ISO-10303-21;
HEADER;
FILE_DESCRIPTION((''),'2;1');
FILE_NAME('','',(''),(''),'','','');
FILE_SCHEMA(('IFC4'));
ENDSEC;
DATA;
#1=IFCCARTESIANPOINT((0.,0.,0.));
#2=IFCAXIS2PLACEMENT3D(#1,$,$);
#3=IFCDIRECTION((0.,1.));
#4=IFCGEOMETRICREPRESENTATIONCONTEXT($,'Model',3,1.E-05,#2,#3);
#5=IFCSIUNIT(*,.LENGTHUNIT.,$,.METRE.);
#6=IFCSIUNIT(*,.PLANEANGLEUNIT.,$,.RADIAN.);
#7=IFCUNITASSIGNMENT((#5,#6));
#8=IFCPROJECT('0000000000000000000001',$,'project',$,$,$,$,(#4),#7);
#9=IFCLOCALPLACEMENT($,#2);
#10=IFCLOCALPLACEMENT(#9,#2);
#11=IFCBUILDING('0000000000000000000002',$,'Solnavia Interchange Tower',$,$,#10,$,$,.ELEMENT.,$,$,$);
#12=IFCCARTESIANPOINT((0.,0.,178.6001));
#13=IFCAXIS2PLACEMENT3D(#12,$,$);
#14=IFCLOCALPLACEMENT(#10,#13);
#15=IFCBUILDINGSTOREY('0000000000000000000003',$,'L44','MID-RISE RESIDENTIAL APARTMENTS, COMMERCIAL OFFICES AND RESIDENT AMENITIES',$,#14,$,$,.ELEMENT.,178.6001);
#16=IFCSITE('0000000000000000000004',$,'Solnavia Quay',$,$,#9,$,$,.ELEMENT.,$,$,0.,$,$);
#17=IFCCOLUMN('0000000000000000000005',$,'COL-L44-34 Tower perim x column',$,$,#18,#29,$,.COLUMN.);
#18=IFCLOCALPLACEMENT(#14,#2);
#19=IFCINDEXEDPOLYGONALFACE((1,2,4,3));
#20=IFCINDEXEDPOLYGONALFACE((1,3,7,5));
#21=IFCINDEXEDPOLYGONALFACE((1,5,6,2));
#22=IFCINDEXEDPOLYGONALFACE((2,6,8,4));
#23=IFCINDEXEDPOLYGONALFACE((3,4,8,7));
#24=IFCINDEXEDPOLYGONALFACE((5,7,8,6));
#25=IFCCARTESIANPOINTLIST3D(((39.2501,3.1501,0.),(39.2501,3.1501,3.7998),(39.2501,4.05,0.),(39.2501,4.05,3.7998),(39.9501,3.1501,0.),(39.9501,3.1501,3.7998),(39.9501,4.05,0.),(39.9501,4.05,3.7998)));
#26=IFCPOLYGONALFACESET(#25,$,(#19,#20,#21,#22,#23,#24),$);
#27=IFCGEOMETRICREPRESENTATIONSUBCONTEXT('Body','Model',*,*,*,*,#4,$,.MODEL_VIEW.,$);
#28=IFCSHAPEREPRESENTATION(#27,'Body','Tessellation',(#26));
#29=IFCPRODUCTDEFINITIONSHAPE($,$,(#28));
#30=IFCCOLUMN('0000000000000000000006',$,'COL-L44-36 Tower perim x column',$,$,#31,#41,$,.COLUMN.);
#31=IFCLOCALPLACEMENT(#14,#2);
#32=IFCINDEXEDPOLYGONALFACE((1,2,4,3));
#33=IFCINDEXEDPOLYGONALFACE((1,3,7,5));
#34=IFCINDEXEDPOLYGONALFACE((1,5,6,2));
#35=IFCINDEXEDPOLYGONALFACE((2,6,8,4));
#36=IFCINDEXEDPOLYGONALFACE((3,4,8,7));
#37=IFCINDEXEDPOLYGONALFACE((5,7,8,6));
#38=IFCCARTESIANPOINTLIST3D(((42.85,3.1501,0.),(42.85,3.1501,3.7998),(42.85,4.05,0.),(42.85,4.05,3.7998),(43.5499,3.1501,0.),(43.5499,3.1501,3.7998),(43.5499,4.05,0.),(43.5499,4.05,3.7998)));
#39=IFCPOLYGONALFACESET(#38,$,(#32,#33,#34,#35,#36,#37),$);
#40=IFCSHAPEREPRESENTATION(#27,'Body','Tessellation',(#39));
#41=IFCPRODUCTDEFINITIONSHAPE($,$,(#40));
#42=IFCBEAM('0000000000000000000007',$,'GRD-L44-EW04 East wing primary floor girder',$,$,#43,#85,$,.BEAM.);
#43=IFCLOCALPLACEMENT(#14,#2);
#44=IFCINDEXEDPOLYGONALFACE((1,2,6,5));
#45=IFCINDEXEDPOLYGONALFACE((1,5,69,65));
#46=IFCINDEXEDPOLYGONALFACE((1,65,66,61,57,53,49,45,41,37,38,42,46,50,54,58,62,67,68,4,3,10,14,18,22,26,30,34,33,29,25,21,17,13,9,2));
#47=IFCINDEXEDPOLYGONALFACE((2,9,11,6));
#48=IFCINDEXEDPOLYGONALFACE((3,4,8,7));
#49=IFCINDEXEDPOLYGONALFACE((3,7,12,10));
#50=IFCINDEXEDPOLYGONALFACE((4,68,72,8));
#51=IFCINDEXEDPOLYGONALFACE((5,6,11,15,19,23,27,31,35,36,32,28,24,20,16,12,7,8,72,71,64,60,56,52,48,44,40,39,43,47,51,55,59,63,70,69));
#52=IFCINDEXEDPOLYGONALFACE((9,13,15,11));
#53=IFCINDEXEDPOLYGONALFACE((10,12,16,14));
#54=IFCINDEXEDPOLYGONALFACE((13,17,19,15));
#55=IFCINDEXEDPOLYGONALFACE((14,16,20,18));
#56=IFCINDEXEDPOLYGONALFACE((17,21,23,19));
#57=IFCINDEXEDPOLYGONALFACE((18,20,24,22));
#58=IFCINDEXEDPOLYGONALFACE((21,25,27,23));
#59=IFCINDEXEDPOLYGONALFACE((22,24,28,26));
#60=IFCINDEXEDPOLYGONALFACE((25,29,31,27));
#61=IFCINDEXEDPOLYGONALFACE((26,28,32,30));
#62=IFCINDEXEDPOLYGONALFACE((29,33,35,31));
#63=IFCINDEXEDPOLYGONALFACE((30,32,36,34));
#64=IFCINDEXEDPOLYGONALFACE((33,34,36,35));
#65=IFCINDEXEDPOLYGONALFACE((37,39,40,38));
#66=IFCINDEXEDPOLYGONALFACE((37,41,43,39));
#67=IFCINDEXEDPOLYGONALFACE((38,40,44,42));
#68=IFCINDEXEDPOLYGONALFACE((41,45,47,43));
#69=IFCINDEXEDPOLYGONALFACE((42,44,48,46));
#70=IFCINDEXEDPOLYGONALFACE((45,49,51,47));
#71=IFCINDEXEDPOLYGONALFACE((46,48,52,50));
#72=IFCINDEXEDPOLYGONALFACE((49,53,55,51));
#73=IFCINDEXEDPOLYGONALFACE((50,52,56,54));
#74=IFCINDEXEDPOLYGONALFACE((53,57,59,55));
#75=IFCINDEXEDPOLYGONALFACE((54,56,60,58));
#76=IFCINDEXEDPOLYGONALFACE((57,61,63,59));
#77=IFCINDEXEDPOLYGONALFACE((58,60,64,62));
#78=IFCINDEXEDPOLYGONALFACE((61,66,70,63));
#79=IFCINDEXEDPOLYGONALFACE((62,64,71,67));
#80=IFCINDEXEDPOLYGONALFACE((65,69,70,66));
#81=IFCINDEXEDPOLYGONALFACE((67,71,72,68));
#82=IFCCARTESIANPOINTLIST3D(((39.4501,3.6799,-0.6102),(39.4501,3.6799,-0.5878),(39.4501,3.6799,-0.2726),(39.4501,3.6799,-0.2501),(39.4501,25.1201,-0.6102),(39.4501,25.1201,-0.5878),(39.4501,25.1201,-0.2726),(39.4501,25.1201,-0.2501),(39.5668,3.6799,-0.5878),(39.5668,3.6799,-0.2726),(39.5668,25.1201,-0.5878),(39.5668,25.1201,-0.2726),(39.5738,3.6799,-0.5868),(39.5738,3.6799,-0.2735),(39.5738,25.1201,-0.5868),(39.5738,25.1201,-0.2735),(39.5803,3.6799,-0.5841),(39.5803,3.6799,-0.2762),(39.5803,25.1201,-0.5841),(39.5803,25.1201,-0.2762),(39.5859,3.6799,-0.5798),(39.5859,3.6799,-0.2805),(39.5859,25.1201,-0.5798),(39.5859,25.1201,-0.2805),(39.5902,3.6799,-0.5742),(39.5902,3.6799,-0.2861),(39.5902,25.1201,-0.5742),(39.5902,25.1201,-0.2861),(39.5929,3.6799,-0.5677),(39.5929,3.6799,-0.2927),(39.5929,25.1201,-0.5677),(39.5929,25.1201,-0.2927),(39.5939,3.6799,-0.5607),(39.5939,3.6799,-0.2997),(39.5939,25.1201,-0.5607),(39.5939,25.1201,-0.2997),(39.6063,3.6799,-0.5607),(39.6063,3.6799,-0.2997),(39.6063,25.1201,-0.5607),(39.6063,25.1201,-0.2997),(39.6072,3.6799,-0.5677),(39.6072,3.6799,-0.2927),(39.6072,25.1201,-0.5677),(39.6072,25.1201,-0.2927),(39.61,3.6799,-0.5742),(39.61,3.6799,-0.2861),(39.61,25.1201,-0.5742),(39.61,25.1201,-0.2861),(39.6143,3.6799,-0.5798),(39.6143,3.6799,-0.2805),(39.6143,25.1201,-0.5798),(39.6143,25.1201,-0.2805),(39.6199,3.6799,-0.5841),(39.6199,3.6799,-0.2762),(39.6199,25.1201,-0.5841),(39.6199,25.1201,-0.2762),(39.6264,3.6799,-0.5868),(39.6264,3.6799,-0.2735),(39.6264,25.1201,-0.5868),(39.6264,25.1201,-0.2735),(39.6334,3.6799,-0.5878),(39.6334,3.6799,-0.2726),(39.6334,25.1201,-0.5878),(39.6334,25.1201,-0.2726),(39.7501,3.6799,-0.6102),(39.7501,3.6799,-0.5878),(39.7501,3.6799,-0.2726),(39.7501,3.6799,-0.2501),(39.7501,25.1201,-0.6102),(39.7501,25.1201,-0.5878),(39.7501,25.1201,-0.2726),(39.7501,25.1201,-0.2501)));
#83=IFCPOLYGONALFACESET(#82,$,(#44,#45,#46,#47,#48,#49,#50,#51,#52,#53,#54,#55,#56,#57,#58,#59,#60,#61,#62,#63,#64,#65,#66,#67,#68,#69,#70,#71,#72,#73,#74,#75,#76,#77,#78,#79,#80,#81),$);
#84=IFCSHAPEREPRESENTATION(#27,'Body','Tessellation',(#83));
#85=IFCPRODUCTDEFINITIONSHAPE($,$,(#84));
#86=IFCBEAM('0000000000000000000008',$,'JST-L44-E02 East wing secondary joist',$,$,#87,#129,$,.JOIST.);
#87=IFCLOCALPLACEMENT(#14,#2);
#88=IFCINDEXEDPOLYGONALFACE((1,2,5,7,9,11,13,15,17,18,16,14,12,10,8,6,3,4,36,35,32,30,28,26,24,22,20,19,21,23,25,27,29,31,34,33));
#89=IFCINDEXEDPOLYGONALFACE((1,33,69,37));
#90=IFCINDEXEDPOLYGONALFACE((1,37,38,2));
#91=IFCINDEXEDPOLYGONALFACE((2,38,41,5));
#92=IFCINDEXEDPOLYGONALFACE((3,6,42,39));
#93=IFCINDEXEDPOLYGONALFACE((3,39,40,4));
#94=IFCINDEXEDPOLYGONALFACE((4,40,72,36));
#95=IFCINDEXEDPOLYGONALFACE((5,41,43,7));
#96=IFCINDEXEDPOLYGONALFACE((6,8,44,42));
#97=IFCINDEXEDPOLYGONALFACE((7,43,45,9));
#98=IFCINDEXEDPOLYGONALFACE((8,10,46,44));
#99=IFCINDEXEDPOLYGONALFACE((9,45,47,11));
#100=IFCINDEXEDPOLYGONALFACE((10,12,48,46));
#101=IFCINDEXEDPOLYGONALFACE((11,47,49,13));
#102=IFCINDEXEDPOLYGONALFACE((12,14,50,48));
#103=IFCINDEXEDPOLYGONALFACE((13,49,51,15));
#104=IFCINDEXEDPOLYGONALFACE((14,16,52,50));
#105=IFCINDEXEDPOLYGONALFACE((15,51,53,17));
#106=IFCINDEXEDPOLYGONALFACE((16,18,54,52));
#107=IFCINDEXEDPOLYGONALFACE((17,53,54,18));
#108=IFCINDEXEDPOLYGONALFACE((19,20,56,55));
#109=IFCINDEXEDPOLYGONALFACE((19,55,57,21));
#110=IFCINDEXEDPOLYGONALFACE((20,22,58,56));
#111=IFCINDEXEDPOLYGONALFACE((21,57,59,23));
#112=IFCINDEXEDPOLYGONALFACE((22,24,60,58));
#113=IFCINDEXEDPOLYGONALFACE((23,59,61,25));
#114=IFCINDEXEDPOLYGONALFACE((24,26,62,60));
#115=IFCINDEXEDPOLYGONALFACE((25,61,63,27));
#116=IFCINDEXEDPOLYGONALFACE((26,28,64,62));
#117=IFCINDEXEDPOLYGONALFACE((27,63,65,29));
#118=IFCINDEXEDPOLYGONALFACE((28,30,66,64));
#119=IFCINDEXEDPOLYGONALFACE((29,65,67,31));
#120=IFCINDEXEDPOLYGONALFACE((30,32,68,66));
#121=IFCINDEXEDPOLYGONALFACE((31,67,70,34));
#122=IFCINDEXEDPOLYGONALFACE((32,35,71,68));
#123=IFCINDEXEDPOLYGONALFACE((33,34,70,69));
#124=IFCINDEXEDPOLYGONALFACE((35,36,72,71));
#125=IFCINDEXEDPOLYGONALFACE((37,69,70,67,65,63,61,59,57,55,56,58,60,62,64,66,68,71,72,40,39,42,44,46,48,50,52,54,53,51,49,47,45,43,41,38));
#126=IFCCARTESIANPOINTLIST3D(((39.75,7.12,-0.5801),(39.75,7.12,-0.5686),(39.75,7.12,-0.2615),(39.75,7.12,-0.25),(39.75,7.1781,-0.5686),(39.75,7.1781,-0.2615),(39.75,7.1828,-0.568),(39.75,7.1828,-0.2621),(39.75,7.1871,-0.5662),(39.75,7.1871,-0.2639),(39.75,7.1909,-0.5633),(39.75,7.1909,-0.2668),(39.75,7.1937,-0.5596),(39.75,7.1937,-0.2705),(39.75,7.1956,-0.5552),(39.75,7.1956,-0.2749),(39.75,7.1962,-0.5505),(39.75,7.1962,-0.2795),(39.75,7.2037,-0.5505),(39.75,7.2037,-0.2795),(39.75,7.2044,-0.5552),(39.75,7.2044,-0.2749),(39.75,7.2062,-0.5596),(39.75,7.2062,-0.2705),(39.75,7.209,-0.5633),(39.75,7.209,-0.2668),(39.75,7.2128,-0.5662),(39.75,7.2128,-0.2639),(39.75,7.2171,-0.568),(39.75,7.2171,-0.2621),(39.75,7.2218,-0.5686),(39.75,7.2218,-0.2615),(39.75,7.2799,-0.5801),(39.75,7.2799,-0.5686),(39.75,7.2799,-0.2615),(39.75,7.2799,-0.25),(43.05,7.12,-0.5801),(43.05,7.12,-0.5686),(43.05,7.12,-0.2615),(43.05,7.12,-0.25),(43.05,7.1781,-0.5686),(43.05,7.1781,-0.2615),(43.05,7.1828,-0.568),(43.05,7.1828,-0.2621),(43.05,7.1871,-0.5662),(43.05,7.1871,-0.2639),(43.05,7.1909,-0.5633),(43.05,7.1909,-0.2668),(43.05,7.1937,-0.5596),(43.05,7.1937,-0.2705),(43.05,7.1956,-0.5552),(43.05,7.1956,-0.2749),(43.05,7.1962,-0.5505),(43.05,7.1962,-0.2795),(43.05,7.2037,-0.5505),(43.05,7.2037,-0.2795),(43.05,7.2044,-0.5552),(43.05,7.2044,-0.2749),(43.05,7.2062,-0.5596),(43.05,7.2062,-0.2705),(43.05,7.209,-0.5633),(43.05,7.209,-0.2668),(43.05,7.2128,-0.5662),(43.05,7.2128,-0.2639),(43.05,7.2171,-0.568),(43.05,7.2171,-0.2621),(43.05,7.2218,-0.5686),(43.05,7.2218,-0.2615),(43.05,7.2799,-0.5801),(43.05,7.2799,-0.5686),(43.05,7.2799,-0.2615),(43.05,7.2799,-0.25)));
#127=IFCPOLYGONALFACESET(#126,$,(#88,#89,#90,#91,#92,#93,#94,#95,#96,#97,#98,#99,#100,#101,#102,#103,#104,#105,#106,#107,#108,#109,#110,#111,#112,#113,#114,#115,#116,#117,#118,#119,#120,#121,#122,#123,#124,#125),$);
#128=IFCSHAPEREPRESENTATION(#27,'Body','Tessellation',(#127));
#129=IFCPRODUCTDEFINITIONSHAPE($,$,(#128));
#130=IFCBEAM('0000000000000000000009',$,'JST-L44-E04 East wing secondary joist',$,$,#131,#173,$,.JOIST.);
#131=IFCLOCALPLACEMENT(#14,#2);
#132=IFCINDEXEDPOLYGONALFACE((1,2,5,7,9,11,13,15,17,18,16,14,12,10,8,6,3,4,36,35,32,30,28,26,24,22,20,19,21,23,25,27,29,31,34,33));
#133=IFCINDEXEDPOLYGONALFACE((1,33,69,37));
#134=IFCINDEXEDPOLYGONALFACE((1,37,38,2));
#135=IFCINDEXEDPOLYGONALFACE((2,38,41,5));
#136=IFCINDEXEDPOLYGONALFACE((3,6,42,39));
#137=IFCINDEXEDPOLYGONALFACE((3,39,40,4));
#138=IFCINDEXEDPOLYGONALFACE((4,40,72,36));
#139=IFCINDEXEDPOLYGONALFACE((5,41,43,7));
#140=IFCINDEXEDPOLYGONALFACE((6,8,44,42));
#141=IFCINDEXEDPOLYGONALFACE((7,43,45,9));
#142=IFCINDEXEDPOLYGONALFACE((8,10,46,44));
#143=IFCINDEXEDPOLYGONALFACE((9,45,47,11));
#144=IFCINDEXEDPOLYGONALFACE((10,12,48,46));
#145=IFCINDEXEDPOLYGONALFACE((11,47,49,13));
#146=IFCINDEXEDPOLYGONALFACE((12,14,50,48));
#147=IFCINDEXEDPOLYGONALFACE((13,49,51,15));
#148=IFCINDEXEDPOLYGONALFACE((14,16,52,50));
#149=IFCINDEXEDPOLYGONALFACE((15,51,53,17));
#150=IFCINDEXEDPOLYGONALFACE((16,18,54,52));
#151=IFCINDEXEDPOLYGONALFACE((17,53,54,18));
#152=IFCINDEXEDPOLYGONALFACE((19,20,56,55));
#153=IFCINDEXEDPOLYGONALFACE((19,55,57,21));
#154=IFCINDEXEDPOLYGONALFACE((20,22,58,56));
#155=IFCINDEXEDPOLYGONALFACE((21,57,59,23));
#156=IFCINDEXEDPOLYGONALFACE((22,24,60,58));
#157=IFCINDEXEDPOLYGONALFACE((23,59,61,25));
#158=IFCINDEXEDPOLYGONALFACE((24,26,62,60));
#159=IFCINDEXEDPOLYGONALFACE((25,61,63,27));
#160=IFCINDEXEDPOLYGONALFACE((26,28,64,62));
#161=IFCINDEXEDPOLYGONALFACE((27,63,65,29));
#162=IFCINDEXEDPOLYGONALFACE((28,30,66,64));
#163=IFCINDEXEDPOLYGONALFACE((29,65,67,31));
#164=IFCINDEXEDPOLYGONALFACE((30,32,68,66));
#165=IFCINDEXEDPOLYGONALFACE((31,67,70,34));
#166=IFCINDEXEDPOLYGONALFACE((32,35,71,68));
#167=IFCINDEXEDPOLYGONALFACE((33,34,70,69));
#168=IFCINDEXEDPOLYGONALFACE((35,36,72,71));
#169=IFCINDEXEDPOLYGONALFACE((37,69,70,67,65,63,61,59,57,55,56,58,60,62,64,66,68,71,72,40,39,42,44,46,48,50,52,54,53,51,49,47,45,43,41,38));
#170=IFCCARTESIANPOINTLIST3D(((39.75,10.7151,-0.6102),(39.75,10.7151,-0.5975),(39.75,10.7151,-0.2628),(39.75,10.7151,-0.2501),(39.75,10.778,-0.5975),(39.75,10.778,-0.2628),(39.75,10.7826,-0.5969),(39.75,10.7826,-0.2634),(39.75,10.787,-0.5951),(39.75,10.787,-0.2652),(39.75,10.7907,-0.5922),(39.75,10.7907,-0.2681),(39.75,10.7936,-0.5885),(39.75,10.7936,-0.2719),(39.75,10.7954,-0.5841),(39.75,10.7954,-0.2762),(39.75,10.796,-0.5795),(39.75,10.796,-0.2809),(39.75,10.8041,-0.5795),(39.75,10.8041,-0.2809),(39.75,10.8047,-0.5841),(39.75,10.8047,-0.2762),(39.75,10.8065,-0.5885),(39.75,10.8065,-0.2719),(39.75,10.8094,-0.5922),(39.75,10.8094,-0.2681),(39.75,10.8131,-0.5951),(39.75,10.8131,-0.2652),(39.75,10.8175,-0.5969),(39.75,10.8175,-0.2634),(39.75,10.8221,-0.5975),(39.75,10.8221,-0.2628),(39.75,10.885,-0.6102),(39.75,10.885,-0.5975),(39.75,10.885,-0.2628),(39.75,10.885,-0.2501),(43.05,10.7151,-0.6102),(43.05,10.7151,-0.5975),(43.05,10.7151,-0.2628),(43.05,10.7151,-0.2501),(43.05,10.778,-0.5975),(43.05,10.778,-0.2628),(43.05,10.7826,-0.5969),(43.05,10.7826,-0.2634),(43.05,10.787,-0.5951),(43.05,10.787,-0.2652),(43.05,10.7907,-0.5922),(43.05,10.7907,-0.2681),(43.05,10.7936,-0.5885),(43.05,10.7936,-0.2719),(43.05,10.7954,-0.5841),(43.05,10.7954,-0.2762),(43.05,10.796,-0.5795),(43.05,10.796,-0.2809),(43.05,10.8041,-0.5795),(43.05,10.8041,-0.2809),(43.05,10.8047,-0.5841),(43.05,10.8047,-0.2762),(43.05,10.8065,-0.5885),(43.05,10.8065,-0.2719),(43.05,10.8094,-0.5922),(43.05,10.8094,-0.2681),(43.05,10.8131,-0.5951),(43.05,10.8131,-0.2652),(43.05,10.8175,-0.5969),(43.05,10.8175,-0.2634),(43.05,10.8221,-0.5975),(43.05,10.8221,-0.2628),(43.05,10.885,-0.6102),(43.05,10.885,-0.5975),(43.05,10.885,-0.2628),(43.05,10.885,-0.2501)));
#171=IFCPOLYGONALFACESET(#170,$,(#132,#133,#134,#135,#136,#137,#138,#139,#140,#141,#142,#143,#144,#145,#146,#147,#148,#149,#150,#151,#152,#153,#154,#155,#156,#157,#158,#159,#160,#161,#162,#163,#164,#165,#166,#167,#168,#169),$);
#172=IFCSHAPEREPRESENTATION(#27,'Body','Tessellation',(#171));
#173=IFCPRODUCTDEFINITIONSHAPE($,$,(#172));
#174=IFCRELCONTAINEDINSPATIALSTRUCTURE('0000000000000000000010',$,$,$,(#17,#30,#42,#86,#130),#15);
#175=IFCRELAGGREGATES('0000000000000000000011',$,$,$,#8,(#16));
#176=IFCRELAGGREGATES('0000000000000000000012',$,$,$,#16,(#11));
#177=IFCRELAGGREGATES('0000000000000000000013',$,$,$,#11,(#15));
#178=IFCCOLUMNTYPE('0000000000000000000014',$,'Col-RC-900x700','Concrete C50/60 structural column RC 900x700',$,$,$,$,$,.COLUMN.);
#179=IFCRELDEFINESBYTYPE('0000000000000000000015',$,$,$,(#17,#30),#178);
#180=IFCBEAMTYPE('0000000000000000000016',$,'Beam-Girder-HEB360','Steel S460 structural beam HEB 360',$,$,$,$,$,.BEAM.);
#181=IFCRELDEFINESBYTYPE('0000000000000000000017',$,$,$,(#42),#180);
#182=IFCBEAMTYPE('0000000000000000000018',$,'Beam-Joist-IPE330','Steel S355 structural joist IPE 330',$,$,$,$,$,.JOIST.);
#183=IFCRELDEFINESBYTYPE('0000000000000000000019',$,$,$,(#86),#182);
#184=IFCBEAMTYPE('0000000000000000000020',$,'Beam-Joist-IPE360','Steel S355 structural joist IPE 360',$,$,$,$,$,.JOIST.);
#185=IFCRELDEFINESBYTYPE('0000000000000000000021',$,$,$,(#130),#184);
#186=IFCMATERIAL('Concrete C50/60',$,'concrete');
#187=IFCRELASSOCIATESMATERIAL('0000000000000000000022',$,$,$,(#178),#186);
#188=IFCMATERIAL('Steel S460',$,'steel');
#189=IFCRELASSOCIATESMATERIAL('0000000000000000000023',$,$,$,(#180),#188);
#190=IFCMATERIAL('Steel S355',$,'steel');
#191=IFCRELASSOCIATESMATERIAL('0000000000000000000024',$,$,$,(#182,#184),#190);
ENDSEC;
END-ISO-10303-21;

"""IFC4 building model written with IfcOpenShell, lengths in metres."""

from ifc_helpers import new_model, si_unit, direction, frame, origin, origin_2d, place, context, subcontext, project, spatial, rectangle, i_section, extrude, material, material_profile, profile_set, type_object, element, save


model = new_model("IFC4")

# Units and contexts
model_context = context("Model", 3, precision=1e-05, world=origin(), true_north=direction((0.0, 1.0)))
body_context = subcontext(model_context, "Body", "Model", "MODEL_VIEW")
ifc_project = project(units=[si_unit("LENGTHUNIT", "METRE"), si_unit("PLANEANGLEUNIT", "RADIAN")], contexts=[model_context])

# Site, building, storey
site_placement = place(None, origin())
site = spatial("IfcSite", under=ifc_project, at=site_placement, Name="Solnavia Quay", CompositionType="ELEMENT", RefElevation=0.0)
building_placement = place(site_placement, origin())
building = spatial("IfcBuilding", under=site, at=building_placement, Name="Solnavia Interchange Tower", CompositionType="ELEMENT")
storey_placement = place(building_placement, frame((0.0, 0.0, 178.6001)))
storey = spatial("IfcBuildingStorey", under=building, at=storey_placement, Name="L44", Description="MID-RISE RESIDENTIAL APARTMENTS, COMMERCIAL OFFICES AND RESIDENT AMENITIES", CompositionType="ELEMENT", Elevation=178.6001)

# Columns
ifc_material_1 = material(Name="Concrete C50/60", Category="concrete")
ifc_material_profile_1 = material_profile(ifc_material_1, rectangle(XDim=0.7, YDim=0.8999, at=origin_2d()), Name="RC 900x700")
ifc_profile_set_1 = profile_set([ifc_material_profile_1], Name="Concrete C50/60")
column_type = type_object("IfcColumnType", Name="Col-RC-900x700", Description="Concrete C50/60 structural column RC 900x700", PredefinedType="COLUMN", material=ifc_profile_set_1)
for number, where, z_axis, x_axis, name in (
    (1, (39.6001, 3.6001, 0.0), (0.0, 0.0, 1.0), (1.0, 0.0, 0.0), "COL-L44-34 Tower perim x column"),
    (2, (43.2, 3.6001, 0.0), (0.0, 0.0, 1.0), (1.0, 0.0, 0.0), "COL-L44-36 Tower perim x column"),
):
    element("IfcColumn", number, at=place(storey_placement, frame(where, z_axis=z_axis, x_axis=x_axis)), inside=storey, type_object=column_type, Name=name, PredefinedType="COLUMN", context=body_context, shape_type="SweptSolid", body=[
        extrude(rectangle(XDim=0.7, YDim=0.8999, at=origin_2d()), origin(), (0.0, 0.0, 1.0), 3.7998),
    ])

# Beams
ifc_material_2 = material(Name="Steel S460", Category="steel")
ifc_material_profile_2 = material_profile(ifc_material_2, i_section(OverallWidth=0.3, OverallDepth=0.3601, WebThickness=0.0125, FlangeThickness=0.0225, FilletRadius=0.0271, at=origin_2d()), Name="HEB 360")
ifc_profile_set_2 = profile_set([ifc_material_profile_2], Name="Steel S460")
beam_type_1 = type_object("IfcBeamType", Name="Beam-Girder-HEB360", Description="Steel S460 structural beam HEB 360", PredefinedType="BEAM", material=ifc_profile_set_2)
beam_1_placement = place(storey_placement, frame((39.6001, 3.6799, -0.4302), z_axis=(0.0, 1.0, 0.0), x_axis=(-1.0, 0.0, 0.0)))
element("IfcBeam", 3, at=beam_1_placement, inside=storey, type_object=beam_type_1, Name="GRD-L44-EW04 East wing primary floor girder", PredefinedType="BEAM", context=body_context, shape_type="SweptSolid", body=[
    extrude(i_section(OverallWidth=0.3, OverallDepth=0.3601, WebThickness=0.0125, FlangeThickness=0.0225, FilletRadius=0.0271, at=origin_2d()), origin(), (0.0, 0.0, 1.0), 21.4402),
])
ifc_material_3 = material(Name="Steel S355", Category="steel")
ifc_material_profile_3 = material_profile(ifc_material_3, i_section(OverallWidth=0.1599, OverallDepth=0.3301, WebThickness=0.0076, FlangeThickness=0.0115, FilletRadius=0.0181, at=origin_2d()), Name="IPE 330")
ifc_profile_set_3 = profile_set([ifc_material_profile_3], Name="Steel S355")
beam_type_2 = type_object("IfcBeamType", Name="Beam-Joist-IPE330", Description="Steel S355 structural joist IPE 330", PredefinedType="JOIST", material=ifc_profile_set_3)
beam_2_placement = place(storey_placement, frame((39.75, 7.2, -0.415), z_axis=(1.0, 0.0, 0.0), x_axis=(0.0, 1.0, 0.0)))
element("IfcBeam", 4, at=beam_2_placement, inside=storey, type_object=beam_type_2, Name="JST-L44-E02 East wing secondary joist", PredefinedType="JOIST", context=body_context, shape_type="SweptSolid", body=[
    extrude(i_section(OverallWidth=0.1599, OverallDepth=0.3301, WebThickness=0.0076, FlangeThickness=0.0115, FilletRadius=0.0181, at=origin_2d()), origin(), (0.0, 0.0, 1.0), 3.3),
])
ifc_material_profile_4 = material_profile(ifc_material_3, i_section(OverallWidth=0.1699, OverallDepth=0.3601, WebThickness=0.0081, FlangeThickness=0.0127, FilletRadius=0.0181, at=origin_2d()), Name="IPE 360")
ifc_profile_set_4 = profile_set([ifc_material_profile_4], Name="Steel S355")
beam_type_3 = type_object("IfcBeamType", Name="Beam-Joist-IPE360", Description="Steel S355 structural joist IPE 360", PredefinedType="JOIST", material=ifc_profile_set_4)
beam_3_placement = place(storey_placement, frame((39.75, 10.8, -0.4302), z_axis=(1.0, 0.0, 0.0), x_axis=(0.0, 1.0, 0.0)))
element("IfcBeam", 5, at=beam_3_placement, inside=storey, type_object=beam_type_3, Name="JST-L44-E04 East wing secondary joist", PredefinedType="JOIST", context=body_context, shape_type="SweptSolid", body=[
    extrude(i_section(OverallWidth=0.1699, OverallDepth=0.3601, WebThickness=0.0081, FlangeThickness=0.0127, FilletRadius=0.0181, at=origin_2d()), origin(), (0.0, 0.0, 1.0), 3.3),
])

save(model, "model.ifc")
